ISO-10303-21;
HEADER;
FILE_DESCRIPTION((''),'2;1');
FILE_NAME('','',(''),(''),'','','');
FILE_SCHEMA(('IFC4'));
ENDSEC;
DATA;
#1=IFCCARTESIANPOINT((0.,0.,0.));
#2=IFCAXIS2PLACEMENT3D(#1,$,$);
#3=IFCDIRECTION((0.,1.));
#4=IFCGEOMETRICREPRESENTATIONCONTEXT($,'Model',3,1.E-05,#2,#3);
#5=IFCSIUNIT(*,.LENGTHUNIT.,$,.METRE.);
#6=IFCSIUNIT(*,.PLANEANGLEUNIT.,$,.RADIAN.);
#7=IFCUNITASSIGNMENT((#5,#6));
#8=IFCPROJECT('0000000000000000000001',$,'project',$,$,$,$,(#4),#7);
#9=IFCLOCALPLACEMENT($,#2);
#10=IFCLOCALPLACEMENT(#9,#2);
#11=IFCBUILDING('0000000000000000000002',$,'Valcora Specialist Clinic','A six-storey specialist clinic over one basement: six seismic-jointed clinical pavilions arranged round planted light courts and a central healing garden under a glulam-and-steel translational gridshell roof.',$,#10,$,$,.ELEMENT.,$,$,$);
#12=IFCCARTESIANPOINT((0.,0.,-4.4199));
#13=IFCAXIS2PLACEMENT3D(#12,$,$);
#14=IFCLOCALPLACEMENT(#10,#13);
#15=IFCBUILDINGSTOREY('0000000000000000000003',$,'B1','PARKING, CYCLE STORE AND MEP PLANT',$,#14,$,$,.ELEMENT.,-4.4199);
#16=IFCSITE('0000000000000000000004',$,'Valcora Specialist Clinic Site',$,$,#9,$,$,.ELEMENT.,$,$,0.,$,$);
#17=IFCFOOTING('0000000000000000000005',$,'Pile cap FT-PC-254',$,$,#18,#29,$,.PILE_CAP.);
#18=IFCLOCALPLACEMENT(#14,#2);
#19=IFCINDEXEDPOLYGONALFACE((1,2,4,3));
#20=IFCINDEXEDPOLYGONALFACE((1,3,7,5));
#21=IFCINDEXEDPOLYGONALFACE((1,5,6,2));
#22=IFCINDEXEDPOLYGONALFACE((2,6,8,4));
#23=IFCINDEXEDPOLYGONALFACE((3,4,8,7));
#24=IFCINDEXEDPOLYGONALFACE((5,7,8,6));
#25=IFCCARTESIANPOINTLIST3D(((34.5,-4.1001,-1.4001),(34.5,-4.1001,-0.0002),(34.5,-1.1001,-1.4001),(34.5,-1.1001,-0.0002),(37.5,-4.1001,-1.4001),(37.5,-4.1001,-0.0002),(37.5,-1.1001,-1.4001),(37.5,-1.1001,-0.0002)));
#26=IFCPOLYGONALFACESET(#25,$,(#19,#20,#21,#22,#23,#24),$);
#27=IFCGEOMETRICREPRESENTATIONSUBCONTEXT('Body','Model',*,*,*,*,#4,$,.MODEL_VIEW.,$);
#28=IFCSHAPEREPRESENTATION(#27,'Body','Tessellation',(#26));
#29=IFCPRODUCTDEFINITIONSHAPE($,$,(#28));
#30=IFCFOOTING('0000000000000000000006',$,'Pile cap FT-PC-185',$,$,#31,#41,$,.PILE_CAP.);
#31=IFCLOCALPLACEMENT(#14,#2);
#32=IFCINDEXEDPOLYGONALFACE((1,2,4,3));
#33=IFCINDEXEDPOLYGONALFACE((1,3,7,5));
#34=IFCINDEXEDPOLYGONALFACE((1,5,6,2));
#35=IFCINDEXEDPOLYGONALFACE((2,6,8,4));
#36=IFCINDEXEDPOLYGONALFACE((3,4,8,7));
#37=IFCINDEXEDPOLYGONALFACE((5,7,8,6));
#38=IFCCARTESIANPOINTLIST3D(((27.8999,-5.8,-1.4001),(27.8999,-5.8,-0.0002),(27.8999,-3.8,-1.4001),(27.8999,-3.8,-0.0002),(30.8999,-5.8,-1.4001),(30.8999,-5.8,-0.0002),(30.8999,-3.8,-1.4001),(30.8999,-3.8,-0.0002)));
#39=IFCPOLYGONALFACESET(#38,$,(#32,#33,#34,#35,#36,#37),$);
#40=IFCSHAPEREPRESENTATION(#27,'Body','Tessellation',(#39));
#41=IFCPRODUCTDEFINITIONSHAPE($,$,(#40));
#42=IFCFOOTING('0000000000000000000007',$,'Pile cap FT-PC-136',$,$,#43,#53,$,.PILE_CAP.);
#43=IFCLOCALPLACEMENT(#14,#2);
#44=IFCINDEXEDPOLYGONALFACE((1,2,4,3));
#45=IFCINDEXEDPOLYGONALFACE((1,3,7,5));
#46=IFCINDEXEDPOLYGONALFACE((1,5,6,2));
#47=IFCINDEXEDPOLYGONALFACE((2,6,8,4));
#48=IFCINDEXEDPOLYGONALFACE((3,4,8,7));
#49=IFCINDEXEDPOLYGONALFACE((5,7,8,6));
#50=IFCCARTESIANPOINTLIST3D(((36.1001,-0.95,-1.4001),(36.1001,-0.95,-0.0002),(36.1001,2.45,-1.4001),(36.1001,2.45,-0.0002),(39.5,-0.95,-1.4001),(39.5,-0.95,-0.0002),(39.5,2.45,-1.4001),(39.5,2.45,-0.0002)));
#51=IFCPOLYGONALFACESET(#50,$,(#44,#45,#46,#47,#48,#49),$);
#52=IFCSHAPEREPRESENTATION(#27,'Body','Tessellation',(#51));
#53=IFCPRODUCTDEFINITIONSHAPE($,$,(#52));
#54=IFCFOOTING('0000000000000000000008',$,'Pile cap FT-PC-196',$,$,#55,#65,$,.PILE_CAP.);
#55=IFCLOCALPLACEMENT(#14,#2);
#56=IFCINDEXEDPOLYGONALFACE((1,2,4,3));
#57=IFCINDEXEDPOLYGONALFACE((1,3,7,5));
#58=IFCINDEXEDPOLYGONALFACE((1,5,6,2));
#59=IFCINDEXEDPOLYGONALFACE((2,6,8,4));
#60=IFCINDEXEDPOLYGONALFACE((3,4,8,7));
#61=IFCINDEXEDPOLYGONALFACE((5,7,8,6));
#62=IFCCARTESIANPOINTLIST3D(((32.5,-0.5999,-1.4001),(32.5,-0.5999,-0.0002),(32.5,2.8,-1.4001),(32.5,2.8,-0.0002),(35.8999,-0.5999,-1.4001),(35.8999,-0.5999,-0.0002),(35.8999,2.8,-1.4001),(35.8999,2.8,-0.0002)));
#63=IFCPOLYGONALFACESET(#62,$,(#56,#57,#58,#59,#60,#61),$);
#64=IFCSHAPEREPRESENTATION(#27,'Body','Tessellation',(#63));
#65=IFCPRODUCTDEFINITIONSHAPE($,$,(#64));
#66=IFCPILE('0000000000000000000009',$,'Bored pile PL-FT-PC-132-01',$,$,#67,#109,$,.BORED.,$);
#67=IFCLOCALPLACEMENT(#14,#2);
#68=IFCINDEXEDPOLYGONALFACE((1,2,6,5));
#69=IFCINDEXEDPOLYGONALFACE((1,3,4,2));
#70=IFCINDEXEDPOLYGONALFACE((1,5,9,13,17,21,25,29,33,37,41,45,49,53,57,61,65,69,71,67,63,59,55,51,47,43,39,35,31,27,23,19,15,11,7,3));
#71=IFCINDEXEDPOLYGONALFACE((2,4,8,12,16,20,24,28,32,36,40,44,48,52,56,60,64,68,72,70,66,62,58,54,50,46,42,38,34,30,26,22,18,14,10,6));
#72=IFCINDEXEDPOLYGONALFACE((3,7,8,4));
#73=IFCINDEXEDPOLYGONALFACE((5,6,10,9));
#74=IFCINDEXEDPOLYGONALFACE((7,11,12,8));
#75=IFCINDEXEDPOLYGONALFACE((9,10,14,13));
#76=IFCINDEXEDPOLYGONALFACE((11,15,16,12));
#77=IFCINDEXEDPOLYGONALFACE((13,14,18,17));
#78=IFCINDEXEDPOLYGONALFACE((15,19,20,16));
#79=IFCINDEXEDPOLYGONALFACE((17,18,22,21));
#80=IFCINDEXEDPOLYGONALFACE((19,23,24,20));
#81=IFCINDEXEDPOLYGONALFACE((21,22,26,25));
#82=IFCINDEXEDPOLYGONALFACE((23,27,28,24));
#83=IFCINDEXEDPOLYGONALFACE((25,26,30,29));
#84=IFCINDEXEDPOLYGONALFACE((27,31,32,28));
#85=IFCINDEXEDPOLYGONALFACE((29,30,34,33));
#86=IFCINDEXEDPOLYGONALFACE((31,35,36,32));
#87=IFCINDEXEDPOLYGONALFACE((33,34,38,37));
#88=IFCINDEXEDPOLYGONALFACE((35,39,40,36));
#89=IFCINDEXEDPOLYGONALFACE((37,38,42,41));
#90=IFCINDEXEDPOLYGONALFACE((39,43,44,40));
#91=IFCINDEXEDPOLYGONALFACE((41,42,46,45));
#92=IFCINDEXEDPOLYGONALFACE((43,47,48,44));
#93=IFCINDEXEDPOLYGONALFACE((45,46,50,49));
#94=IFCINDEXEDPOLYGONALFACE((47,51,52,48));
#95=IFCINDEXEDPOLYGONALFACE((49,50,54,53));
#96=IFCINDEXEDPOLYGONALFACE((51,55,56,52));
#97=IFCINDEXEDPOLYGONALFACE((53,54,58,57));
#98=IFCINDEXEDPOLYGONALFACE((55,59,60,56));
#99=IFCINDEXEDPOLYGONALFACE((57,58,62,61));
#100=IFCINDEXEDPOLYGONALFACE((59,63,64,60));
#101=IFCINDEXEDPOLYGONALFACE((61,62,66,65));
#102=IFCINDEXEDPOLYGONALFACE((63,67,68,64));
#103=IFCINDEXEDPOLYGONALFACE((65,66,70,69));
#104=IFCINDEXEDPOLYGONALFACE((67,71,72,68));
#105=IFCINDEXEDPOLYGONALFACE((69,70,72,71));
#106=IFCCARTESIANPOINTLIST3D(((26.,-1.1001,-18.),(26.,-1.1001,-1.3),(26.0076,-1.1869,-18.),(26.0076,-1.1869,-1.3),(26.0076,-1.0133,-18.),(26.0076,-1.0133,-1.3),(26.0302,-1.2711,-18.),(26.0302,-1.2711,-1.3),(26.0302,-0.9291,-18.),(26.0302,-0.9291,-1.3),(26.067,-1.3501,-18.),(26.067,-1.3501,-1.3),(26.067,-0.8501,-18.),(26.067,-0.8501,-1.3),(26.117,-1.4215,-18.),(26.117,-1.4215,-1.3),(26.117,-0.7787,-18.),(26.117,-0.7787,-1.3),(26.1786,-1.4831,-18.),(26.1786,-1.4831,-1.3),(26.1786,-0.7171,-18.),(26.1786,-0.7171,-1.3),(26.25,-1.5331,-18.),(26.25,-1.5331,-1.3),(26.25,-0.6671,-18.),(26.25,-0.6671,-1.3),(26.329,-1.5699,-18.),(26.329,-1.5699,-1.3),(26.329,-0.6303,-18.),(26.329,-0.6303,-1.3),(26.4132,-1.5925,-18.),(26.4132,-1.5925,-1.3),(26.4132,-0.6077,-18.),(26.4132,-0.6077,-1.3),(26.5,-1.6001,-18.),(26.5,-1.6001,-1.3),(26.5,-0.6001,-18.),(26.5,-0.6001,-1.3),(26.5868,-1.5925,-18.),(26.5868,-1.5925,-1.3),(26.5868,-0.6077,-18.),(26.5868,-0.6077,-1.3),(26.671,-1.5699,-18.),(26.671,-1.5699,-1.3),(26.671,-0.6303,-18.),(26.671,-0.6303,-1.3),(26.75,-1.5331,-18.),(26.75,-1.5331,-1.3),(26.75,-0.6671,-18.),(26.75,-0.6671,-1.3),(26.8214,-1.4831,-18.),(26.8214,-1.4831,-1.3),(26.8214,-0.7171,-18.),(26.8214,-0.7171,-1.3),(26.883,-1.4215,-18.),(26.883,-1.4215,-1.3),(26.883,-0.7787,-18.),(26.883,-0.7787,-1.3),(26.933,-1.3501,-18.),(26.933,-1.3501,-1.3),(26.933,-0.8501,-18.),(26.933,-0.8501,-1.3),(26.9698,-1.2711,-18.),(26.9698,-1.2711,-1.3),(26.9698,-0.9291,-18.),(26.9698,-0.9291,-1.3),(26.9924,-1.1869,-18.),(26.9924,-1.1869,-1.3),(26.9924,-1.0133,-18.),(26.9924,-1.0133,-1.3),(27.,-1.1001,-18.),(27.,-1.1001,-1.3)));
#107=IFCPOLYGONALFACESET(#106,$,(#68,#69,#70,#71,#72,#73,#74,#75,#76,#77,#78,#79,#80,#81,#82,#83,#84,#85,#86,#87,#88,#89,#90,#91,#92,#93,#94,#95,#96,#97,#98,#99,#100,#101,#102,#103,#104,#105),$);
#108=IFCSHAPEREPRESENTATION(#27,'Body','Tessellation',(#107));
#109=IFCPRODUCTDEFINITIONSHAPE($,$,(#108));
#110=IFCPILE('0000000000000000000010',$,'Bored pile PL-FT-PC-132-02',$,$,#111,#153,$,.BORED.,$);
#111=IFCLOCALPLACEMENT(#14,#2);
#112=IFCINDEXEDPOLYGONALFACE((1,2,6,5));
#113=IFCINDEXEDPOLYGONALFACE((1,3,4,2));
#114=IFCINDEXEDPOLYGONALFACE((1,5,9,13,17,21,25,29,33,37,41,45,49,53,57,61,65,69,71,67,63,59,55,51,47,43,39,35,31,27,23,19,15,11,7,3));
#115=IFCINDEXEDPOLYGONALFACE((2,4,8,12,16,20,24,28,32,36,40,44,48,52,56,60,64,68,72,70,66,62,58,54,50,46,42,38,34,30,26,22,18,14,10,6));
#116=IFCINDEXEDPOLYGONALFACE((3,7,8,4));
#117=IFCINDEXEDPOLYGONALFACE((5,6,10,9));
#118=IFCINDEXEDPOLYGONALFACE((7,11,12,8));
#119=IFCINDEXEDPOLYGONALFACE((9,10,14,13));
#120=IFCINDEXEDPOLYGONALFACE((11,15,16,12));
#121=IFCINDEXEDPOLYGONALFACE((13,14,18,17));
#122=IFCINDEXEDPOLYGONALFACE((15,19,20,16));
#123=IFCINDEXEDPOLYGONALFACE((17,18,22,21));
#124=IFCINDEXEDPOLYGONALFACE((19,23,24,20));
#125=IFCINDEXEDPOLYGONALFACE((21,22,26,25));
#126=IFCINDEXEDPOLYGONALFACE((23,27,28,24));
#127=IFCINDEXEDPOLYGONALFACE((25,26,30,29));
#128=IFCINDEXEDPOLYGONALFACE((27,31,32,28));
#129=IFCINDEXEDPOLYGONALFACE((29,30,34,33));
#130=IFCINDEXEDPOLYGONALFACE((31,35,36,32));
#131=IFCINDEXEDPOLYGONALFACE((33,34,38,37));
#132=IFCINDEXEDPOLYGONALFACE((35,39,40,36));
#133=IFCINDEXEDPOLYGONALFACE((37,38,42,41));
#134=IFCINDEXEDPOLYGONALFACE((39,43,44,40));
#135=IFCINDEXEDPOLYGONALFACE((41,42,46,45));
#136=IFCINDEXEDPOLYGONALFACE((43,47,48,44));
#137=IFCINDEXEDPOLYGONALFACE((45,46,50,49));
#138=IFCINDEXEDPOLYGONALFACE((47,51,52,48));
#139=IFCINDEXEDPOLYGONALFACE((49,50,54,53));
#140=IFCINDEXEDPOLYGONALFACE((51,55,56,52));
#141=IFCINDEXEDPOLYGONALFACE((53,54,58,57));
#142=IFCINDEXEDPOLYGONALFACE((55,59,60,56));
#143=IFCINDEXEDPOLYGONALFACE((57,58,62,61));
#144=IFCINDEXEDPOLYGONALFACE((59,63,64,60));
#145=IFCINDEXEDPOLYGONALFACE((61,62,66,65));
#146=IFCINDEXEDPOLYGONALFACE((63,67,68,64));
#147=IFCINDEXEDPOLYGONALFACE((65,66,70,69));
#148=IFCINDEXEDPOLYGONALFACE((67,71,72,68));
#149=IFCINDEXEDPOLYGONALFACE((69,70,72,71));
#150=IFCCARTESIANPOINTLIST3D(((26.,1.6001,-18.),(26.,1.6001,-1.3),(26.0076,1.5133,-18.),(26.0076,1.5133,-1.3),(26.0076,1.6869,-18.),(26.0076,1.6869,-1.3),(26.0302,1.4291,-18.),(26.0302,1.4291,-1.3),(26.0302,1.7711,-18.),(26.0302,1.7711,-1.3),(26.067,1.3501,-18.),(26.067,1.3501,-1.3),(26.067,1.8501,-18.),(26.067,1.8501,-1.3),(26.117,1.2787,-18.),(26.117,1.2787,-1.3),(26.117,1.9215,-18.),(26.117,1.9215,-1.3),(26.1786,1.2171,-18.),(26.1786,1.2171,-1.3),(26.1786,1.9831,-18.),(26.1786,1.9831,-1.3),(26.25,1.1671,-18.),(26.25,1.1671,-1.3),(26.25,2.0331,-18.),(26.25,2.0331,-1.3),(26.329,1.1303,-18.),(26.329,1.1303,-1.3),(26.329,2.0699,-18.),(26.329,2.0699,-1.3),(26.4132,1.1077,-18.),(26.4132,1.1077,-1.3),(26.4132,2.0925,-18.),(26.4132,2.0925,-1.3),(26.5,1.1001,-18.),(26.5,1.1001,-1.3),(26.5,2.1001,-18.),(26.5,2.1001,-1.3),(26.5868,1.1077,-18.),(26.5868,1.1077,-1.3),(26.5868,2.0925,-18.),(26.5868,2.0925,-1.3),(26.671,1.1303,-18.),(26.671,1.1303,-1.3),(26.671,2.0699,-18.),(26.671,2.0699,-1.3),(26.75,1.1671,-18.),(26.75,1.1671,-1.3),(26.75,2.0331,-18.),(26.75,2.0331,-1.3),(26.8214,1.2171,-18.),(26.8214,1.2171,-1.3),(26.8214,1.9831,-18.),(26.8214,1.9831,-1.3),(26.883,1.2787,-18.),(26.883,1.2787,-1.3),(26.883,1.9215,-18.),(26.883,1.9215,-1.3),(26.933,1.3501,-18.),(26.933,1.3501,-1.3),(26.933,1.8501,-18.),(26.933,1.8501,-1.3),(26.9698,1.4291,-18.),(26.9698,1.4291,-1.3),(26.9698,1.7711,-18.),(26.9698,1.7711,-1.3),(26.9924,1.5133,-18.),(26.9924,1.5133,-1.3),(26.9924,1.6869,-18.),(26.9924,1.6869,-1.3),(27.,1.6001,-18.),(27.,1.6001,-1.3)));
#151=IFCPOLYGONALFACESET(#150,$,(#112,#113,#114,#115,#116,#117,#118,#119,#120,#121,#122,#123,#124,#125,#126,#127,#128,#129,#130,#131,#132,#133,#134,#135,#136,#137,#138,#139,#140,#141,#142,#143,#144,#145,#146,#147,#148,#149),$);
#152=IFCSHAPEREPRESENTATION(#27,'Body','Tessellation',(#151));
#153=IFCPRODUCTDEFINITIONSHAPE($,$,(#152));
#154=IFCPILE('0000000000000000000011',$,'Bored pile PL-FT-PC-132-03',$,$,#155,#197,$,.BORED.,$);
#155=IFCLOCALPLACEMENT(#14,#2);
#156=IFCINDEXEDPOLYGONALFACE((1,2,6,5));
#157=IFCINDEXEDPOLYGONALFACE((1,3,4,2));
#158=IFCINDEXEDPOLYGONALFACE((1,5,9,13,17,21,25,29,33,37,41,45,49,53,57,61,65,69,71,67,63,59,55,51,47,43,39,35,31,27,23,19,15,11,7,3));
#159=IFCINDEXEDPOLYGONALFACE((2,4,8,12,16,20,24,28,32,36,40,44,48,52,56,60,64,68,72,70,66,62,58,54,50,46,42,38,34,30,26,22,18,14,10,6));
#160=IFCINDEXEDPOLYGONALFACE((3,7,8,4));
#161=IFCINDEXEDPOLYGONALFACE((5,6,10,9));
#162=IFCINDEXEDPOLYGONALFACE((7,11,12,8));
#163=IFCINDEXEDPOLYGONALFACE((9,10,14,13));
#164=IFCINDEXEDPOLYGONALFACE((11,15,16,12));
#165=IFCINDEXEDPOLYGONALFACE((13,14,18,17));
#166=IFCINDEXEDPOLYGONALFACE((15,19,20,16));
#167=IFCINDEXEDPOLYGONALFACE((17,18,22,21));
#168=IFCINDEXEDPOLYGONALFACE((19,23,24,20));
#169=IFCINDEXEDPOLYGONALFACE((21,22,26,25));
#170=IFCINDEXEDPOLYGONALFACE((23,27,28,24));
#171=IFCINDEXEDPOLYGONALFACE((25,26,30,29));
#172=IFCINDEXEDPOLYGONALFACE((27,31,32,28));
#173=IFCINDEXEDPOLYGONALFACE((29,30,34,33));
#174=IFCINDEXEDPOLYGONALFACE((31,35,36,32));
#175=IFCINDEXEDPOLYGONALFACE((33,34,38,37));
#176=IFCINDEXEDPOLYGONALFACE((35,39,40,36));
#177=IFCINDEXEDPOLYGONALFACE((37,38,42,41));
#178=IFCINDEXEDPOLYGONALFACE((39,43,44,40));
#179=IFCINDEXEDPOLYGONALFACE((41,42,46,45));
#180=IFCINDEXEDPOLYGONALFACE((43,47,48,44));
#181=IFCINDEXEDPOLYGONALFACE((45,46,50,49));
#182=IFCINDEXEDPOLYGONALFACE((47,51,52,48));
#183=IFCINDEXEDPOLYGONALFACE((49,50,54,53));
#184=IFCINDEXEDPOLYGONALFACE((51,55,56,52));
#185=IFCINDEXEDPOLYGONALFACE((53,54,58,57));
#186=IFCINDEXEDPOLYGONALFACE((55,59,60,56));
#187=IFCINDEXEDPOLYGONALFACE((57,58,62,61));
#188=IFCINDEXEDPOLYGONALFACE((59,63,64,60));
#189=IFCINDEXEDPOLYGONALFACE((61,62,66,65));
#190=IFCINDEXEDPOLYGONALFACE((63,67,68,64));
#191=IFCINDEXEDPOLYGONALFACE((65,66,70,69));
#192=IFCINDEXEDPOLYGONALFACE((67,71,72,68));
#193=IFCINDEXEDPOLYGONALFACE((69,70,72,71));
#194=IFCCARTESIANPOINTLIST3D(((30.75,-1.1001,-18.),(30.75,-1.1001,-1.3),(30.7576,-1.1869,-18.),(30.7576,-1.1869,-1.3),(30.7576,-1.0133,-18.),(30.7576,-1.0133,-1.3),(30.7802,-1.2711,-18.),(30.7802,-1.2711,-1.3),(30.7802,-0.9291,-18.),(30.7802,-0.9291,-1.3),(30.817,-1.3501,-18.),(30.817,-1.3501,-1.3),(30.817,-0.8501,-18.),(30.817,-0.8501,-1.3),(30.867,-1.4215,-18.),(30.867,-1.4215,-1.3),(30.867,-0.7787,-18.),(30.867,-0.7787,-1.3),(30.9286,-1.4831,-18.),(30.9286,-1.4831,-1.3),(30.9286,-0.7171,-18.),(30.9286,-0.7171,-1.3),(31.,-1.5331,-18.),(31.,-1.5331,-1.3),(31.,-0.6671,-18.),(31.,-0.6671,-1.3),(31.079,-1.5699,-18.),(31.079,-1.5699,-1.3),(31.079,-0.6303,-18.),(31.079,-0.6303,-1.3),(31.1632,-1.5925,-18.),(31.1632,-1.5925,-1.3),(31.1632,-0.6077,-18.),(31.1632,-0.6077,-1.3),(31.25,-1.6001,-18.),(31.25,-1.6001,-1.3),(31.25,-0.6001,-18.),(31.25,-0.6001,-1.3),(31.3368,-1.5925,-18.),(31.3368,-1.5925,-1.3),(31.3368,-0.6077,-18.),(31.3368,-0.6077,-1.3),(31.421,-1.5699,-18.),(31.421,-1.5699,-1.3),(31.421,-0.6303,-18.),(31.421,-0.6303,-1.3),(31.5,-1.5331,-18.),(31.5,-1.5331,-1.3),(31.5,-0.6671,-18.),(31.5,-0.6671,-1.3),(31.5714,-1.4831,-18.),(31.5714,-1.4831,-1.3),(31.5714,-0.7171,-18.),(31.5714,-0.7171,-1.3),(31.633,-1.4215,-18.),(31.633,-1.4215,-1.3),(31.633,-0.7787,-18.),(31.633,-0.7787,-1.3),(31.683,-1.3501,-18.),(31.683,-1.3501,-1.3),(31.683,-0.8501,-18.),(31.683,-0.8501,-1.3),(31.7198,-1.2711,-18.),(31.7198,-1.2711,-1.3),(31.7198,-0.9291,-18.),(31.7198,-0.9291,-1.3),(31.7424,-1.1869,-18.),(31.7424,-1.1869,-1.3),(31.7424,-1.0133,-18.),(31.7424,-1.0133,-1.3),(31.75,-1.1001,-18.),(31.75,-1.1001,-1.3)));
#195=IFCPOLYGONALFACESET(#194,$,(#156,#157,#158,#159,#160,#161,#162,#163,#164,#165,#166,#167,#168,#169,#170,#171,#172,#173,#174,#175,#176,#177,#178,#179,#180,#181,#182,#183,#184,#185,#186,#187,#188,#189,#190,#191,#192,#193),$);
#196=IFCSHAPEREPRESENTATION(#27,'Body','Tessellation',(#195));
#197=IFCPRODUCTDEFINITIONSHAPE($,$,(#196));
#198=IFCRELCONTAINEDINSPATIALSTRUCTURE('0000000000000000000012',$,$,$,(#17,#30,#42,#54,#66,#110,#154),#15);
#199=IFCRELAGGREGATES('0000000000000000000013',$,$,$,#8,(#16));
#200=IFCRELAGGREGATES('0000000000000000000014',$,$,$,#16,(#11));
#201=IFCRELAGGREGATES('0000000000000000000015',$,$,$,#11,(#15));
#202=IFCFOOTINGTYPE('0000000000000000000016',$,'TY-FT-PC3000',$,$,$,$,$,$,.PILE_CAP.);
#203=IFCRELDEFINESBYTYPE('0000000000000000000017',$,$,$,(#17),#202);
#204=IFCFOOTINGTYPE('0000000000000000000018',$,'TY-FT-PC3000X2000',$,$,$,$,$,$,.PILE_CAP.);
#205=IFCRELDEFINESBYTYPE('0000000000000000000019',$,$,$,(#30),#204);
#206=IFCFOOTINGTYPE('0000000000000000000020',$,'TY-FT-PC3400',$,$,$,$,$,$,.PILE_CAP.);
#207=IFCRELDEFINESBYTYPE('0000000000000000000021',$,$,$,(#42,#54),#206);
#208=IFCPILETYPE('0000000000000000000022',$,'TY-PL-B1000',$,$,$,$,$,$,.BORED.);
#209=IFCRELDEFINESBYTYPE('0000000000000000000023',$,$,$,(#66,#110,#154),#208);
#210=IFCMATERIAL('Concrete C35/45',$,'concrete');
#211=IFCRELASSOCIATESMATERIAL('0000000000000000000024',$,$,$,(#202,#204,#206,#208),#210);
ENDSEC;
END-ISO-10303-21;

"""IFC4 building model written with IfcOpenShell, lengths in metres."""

from ifc_helpers import new_model, si_unit, direction, frame, origin, origin_2d, place, context, subcontext, project, spatial, rectangle, circle, extrude, material, material_profile, profile_set, type_object, element, save


model = new_model("IFC4")

# Units and contexts
model_context = context("Model", 3, precision=1e-05, world=origin(), true_north=direction((0.0, 1.0)))
body_context = subcontext(model_context, "Body", "Model", "MODEL_VIEW")
ifc_project = project(units=[si_unit("LENGTHUNIT", "METRE"), si_unit("PLANEANGLEUNIT", "RADIAN")], contexts=[model_context])

# Site, building, storey
site_placement = place(None, origin())
site = spatial("IfcSite", under=ifc_project, at=site_placement, Name="Valcora Specialist Clinic Site", CompositionType="ELEMENT", RefElevation=0.0)
building_placement = place(site_placement, origin())
building = spatial("IfcBuilding", under=site, at=building_placement, Name="Valcora Specialist Clinic", Description="A six-storey specialist clinic over one basement: six seismic-jointed clinical pavilions arranged round planted light courts and a central healing garden under a glulam-and-steel translational gridshell roof.", CompositionType="ELEMENT")
storey_placement = place(building_placement, frame((0.0, 0.0, -4.4199)))
storey = spatial("IfcBuildingStorey", under=building, at=storey_placement, Name="B1", Description="PARKING, CYCLE STORE AND MEP PLANT", CompositionType="ELEMENT", Elevation=-4.4199)

# Footings
ifc_material_1 = material(Name="Concrete C35/45", Category="concrete")
footing_type_1 = type_object("IfcFootingType", Name="TY-FT-PC3000", PredefinedType="PILE_CAP", material=ifc_material_1)
footing_1_placement = place(storey_placement, frame((36.0, -2.6001, -1.4001), z_axis=(0.0, 0.0, 1.0), x_axis=(1.0, 0.0, 0.0)))
element("IfcFooting", 1, at=footing_1_placement, inside=storey, type_object=footing_type_1, Name="Pile cap FT-PC-254", PredefinedType="PILE_CAP", context=body_context, shape_type="SweptSolid", body=[
    extrude(rectangle(XDim=3.0, YDim=3.0, at=origin_2d()), origin(), (0.0, 0.0, 1.0), 1.3999),
])
footing_type_2 = type_object("IfcFootingType", Name="TY-FT-PC3000X2000", PredefinedType="PILE_CAP", material=ifc_material_1)
footing_2_placement = place(storey_placement, frame((29.3999, -4.8, -1.4001), z_axis=(0.0, 0.0, 1.0), x_axis=(1.0, 0.0, 0.0)))
element("IfcFooting", 2, at=footing_2_placement, inside=storey, type_object=footing_type_2, Name="Pile cap FT-PC-185", PredefinedType="PILE_CAP", context=body_context, shape_type="SweptSolid", body=[
    extrude(rectangle(XDim=3.0, YDim=2.0, at=origin_2d()), origin(), (0.0, 0.0, 1.0), 1.3999),
])
footing_type_3 = type_object("IfcFootingType", Name="TY-FT-PC3400", PredefinedType="PILE_CAP", material=ifc_material_1)
for number, where, z_axis, x_axis, name in (
    (3, (37.8, 0.75, -1.4001), (0.0, 0.0, 1.0), (1.0, 0.0, 0.0), "Pile cap FT-PC-136"),
    (4, (34.2, 1.1001, -1.4001), (0.0, 0.0, 1.0), (1.0, 0.0, 0.0), "Pile cap FT-PC-196"),
):
    element("IfcFooting", number, at=place(storey_placement, frame(where, z_axis=z_axis, x_axis=x_axis)), inside=storey, type_object=footing_type_3, Name=name, PredefinedType="PILE_CAP", context=body_context, shape_type="SweptSolid", body=[
        extrude(rectangle(XDim=3.3999, YDim=3.3999, at=origin_2d()), origin(), (0.0, 0.0, 1.0), 1.3999),
    ])

# Piles
ifc_material_profile_1 = material_profile(ifc_material_1, circle(Radius=0.5, at=origin_2d()), Name="RC-PIL-D1000")
ifc_profile_set_1 = profile_set([ifc_material_profile_1], Name="Concrete C35/45")
pile_type_1 = type_object("IfcPileType", Name="TY-PL-B1000", PredefinedType="BORED", material=ifc_profile_set_1)
for number, where, z_axis, x_axis, name in (
    (5, (26.5, -1.1001, -1.3), (0.0, 0.0, -1.0), (1.0, 0.0, 0.0), "Bored pile PL-FT-PC-132-01"),
    (6, (26.5, 1.6001, -1.3), (0.0, 0.0, -1.0), (1.0, 0.0, 0.0), "Bored pile PL-FT-PC-132-02"),
    (7, (31.25, -1.1001, -1.3), (0.0, 0.0, -1.0), (1.0, 0.0, 0.0), "Bored pile PL-FT-PC-132-03"),
):
    element("IfcPile", number, at=place(storey_placement, frame(where, z_axis=z_axis, x_axis=x_axis)), inside=storey, type_object=pile_type_1, Name=name, PredefinedType="BORED", context=body_context, shape_type="SweptSolid", body=[
        extrude(circle(Radius=0.5, at=origin_2d()), origin(), (0.0, 0.0, 1.0), 16.7),
    ])

save(model, "model.ifc")
